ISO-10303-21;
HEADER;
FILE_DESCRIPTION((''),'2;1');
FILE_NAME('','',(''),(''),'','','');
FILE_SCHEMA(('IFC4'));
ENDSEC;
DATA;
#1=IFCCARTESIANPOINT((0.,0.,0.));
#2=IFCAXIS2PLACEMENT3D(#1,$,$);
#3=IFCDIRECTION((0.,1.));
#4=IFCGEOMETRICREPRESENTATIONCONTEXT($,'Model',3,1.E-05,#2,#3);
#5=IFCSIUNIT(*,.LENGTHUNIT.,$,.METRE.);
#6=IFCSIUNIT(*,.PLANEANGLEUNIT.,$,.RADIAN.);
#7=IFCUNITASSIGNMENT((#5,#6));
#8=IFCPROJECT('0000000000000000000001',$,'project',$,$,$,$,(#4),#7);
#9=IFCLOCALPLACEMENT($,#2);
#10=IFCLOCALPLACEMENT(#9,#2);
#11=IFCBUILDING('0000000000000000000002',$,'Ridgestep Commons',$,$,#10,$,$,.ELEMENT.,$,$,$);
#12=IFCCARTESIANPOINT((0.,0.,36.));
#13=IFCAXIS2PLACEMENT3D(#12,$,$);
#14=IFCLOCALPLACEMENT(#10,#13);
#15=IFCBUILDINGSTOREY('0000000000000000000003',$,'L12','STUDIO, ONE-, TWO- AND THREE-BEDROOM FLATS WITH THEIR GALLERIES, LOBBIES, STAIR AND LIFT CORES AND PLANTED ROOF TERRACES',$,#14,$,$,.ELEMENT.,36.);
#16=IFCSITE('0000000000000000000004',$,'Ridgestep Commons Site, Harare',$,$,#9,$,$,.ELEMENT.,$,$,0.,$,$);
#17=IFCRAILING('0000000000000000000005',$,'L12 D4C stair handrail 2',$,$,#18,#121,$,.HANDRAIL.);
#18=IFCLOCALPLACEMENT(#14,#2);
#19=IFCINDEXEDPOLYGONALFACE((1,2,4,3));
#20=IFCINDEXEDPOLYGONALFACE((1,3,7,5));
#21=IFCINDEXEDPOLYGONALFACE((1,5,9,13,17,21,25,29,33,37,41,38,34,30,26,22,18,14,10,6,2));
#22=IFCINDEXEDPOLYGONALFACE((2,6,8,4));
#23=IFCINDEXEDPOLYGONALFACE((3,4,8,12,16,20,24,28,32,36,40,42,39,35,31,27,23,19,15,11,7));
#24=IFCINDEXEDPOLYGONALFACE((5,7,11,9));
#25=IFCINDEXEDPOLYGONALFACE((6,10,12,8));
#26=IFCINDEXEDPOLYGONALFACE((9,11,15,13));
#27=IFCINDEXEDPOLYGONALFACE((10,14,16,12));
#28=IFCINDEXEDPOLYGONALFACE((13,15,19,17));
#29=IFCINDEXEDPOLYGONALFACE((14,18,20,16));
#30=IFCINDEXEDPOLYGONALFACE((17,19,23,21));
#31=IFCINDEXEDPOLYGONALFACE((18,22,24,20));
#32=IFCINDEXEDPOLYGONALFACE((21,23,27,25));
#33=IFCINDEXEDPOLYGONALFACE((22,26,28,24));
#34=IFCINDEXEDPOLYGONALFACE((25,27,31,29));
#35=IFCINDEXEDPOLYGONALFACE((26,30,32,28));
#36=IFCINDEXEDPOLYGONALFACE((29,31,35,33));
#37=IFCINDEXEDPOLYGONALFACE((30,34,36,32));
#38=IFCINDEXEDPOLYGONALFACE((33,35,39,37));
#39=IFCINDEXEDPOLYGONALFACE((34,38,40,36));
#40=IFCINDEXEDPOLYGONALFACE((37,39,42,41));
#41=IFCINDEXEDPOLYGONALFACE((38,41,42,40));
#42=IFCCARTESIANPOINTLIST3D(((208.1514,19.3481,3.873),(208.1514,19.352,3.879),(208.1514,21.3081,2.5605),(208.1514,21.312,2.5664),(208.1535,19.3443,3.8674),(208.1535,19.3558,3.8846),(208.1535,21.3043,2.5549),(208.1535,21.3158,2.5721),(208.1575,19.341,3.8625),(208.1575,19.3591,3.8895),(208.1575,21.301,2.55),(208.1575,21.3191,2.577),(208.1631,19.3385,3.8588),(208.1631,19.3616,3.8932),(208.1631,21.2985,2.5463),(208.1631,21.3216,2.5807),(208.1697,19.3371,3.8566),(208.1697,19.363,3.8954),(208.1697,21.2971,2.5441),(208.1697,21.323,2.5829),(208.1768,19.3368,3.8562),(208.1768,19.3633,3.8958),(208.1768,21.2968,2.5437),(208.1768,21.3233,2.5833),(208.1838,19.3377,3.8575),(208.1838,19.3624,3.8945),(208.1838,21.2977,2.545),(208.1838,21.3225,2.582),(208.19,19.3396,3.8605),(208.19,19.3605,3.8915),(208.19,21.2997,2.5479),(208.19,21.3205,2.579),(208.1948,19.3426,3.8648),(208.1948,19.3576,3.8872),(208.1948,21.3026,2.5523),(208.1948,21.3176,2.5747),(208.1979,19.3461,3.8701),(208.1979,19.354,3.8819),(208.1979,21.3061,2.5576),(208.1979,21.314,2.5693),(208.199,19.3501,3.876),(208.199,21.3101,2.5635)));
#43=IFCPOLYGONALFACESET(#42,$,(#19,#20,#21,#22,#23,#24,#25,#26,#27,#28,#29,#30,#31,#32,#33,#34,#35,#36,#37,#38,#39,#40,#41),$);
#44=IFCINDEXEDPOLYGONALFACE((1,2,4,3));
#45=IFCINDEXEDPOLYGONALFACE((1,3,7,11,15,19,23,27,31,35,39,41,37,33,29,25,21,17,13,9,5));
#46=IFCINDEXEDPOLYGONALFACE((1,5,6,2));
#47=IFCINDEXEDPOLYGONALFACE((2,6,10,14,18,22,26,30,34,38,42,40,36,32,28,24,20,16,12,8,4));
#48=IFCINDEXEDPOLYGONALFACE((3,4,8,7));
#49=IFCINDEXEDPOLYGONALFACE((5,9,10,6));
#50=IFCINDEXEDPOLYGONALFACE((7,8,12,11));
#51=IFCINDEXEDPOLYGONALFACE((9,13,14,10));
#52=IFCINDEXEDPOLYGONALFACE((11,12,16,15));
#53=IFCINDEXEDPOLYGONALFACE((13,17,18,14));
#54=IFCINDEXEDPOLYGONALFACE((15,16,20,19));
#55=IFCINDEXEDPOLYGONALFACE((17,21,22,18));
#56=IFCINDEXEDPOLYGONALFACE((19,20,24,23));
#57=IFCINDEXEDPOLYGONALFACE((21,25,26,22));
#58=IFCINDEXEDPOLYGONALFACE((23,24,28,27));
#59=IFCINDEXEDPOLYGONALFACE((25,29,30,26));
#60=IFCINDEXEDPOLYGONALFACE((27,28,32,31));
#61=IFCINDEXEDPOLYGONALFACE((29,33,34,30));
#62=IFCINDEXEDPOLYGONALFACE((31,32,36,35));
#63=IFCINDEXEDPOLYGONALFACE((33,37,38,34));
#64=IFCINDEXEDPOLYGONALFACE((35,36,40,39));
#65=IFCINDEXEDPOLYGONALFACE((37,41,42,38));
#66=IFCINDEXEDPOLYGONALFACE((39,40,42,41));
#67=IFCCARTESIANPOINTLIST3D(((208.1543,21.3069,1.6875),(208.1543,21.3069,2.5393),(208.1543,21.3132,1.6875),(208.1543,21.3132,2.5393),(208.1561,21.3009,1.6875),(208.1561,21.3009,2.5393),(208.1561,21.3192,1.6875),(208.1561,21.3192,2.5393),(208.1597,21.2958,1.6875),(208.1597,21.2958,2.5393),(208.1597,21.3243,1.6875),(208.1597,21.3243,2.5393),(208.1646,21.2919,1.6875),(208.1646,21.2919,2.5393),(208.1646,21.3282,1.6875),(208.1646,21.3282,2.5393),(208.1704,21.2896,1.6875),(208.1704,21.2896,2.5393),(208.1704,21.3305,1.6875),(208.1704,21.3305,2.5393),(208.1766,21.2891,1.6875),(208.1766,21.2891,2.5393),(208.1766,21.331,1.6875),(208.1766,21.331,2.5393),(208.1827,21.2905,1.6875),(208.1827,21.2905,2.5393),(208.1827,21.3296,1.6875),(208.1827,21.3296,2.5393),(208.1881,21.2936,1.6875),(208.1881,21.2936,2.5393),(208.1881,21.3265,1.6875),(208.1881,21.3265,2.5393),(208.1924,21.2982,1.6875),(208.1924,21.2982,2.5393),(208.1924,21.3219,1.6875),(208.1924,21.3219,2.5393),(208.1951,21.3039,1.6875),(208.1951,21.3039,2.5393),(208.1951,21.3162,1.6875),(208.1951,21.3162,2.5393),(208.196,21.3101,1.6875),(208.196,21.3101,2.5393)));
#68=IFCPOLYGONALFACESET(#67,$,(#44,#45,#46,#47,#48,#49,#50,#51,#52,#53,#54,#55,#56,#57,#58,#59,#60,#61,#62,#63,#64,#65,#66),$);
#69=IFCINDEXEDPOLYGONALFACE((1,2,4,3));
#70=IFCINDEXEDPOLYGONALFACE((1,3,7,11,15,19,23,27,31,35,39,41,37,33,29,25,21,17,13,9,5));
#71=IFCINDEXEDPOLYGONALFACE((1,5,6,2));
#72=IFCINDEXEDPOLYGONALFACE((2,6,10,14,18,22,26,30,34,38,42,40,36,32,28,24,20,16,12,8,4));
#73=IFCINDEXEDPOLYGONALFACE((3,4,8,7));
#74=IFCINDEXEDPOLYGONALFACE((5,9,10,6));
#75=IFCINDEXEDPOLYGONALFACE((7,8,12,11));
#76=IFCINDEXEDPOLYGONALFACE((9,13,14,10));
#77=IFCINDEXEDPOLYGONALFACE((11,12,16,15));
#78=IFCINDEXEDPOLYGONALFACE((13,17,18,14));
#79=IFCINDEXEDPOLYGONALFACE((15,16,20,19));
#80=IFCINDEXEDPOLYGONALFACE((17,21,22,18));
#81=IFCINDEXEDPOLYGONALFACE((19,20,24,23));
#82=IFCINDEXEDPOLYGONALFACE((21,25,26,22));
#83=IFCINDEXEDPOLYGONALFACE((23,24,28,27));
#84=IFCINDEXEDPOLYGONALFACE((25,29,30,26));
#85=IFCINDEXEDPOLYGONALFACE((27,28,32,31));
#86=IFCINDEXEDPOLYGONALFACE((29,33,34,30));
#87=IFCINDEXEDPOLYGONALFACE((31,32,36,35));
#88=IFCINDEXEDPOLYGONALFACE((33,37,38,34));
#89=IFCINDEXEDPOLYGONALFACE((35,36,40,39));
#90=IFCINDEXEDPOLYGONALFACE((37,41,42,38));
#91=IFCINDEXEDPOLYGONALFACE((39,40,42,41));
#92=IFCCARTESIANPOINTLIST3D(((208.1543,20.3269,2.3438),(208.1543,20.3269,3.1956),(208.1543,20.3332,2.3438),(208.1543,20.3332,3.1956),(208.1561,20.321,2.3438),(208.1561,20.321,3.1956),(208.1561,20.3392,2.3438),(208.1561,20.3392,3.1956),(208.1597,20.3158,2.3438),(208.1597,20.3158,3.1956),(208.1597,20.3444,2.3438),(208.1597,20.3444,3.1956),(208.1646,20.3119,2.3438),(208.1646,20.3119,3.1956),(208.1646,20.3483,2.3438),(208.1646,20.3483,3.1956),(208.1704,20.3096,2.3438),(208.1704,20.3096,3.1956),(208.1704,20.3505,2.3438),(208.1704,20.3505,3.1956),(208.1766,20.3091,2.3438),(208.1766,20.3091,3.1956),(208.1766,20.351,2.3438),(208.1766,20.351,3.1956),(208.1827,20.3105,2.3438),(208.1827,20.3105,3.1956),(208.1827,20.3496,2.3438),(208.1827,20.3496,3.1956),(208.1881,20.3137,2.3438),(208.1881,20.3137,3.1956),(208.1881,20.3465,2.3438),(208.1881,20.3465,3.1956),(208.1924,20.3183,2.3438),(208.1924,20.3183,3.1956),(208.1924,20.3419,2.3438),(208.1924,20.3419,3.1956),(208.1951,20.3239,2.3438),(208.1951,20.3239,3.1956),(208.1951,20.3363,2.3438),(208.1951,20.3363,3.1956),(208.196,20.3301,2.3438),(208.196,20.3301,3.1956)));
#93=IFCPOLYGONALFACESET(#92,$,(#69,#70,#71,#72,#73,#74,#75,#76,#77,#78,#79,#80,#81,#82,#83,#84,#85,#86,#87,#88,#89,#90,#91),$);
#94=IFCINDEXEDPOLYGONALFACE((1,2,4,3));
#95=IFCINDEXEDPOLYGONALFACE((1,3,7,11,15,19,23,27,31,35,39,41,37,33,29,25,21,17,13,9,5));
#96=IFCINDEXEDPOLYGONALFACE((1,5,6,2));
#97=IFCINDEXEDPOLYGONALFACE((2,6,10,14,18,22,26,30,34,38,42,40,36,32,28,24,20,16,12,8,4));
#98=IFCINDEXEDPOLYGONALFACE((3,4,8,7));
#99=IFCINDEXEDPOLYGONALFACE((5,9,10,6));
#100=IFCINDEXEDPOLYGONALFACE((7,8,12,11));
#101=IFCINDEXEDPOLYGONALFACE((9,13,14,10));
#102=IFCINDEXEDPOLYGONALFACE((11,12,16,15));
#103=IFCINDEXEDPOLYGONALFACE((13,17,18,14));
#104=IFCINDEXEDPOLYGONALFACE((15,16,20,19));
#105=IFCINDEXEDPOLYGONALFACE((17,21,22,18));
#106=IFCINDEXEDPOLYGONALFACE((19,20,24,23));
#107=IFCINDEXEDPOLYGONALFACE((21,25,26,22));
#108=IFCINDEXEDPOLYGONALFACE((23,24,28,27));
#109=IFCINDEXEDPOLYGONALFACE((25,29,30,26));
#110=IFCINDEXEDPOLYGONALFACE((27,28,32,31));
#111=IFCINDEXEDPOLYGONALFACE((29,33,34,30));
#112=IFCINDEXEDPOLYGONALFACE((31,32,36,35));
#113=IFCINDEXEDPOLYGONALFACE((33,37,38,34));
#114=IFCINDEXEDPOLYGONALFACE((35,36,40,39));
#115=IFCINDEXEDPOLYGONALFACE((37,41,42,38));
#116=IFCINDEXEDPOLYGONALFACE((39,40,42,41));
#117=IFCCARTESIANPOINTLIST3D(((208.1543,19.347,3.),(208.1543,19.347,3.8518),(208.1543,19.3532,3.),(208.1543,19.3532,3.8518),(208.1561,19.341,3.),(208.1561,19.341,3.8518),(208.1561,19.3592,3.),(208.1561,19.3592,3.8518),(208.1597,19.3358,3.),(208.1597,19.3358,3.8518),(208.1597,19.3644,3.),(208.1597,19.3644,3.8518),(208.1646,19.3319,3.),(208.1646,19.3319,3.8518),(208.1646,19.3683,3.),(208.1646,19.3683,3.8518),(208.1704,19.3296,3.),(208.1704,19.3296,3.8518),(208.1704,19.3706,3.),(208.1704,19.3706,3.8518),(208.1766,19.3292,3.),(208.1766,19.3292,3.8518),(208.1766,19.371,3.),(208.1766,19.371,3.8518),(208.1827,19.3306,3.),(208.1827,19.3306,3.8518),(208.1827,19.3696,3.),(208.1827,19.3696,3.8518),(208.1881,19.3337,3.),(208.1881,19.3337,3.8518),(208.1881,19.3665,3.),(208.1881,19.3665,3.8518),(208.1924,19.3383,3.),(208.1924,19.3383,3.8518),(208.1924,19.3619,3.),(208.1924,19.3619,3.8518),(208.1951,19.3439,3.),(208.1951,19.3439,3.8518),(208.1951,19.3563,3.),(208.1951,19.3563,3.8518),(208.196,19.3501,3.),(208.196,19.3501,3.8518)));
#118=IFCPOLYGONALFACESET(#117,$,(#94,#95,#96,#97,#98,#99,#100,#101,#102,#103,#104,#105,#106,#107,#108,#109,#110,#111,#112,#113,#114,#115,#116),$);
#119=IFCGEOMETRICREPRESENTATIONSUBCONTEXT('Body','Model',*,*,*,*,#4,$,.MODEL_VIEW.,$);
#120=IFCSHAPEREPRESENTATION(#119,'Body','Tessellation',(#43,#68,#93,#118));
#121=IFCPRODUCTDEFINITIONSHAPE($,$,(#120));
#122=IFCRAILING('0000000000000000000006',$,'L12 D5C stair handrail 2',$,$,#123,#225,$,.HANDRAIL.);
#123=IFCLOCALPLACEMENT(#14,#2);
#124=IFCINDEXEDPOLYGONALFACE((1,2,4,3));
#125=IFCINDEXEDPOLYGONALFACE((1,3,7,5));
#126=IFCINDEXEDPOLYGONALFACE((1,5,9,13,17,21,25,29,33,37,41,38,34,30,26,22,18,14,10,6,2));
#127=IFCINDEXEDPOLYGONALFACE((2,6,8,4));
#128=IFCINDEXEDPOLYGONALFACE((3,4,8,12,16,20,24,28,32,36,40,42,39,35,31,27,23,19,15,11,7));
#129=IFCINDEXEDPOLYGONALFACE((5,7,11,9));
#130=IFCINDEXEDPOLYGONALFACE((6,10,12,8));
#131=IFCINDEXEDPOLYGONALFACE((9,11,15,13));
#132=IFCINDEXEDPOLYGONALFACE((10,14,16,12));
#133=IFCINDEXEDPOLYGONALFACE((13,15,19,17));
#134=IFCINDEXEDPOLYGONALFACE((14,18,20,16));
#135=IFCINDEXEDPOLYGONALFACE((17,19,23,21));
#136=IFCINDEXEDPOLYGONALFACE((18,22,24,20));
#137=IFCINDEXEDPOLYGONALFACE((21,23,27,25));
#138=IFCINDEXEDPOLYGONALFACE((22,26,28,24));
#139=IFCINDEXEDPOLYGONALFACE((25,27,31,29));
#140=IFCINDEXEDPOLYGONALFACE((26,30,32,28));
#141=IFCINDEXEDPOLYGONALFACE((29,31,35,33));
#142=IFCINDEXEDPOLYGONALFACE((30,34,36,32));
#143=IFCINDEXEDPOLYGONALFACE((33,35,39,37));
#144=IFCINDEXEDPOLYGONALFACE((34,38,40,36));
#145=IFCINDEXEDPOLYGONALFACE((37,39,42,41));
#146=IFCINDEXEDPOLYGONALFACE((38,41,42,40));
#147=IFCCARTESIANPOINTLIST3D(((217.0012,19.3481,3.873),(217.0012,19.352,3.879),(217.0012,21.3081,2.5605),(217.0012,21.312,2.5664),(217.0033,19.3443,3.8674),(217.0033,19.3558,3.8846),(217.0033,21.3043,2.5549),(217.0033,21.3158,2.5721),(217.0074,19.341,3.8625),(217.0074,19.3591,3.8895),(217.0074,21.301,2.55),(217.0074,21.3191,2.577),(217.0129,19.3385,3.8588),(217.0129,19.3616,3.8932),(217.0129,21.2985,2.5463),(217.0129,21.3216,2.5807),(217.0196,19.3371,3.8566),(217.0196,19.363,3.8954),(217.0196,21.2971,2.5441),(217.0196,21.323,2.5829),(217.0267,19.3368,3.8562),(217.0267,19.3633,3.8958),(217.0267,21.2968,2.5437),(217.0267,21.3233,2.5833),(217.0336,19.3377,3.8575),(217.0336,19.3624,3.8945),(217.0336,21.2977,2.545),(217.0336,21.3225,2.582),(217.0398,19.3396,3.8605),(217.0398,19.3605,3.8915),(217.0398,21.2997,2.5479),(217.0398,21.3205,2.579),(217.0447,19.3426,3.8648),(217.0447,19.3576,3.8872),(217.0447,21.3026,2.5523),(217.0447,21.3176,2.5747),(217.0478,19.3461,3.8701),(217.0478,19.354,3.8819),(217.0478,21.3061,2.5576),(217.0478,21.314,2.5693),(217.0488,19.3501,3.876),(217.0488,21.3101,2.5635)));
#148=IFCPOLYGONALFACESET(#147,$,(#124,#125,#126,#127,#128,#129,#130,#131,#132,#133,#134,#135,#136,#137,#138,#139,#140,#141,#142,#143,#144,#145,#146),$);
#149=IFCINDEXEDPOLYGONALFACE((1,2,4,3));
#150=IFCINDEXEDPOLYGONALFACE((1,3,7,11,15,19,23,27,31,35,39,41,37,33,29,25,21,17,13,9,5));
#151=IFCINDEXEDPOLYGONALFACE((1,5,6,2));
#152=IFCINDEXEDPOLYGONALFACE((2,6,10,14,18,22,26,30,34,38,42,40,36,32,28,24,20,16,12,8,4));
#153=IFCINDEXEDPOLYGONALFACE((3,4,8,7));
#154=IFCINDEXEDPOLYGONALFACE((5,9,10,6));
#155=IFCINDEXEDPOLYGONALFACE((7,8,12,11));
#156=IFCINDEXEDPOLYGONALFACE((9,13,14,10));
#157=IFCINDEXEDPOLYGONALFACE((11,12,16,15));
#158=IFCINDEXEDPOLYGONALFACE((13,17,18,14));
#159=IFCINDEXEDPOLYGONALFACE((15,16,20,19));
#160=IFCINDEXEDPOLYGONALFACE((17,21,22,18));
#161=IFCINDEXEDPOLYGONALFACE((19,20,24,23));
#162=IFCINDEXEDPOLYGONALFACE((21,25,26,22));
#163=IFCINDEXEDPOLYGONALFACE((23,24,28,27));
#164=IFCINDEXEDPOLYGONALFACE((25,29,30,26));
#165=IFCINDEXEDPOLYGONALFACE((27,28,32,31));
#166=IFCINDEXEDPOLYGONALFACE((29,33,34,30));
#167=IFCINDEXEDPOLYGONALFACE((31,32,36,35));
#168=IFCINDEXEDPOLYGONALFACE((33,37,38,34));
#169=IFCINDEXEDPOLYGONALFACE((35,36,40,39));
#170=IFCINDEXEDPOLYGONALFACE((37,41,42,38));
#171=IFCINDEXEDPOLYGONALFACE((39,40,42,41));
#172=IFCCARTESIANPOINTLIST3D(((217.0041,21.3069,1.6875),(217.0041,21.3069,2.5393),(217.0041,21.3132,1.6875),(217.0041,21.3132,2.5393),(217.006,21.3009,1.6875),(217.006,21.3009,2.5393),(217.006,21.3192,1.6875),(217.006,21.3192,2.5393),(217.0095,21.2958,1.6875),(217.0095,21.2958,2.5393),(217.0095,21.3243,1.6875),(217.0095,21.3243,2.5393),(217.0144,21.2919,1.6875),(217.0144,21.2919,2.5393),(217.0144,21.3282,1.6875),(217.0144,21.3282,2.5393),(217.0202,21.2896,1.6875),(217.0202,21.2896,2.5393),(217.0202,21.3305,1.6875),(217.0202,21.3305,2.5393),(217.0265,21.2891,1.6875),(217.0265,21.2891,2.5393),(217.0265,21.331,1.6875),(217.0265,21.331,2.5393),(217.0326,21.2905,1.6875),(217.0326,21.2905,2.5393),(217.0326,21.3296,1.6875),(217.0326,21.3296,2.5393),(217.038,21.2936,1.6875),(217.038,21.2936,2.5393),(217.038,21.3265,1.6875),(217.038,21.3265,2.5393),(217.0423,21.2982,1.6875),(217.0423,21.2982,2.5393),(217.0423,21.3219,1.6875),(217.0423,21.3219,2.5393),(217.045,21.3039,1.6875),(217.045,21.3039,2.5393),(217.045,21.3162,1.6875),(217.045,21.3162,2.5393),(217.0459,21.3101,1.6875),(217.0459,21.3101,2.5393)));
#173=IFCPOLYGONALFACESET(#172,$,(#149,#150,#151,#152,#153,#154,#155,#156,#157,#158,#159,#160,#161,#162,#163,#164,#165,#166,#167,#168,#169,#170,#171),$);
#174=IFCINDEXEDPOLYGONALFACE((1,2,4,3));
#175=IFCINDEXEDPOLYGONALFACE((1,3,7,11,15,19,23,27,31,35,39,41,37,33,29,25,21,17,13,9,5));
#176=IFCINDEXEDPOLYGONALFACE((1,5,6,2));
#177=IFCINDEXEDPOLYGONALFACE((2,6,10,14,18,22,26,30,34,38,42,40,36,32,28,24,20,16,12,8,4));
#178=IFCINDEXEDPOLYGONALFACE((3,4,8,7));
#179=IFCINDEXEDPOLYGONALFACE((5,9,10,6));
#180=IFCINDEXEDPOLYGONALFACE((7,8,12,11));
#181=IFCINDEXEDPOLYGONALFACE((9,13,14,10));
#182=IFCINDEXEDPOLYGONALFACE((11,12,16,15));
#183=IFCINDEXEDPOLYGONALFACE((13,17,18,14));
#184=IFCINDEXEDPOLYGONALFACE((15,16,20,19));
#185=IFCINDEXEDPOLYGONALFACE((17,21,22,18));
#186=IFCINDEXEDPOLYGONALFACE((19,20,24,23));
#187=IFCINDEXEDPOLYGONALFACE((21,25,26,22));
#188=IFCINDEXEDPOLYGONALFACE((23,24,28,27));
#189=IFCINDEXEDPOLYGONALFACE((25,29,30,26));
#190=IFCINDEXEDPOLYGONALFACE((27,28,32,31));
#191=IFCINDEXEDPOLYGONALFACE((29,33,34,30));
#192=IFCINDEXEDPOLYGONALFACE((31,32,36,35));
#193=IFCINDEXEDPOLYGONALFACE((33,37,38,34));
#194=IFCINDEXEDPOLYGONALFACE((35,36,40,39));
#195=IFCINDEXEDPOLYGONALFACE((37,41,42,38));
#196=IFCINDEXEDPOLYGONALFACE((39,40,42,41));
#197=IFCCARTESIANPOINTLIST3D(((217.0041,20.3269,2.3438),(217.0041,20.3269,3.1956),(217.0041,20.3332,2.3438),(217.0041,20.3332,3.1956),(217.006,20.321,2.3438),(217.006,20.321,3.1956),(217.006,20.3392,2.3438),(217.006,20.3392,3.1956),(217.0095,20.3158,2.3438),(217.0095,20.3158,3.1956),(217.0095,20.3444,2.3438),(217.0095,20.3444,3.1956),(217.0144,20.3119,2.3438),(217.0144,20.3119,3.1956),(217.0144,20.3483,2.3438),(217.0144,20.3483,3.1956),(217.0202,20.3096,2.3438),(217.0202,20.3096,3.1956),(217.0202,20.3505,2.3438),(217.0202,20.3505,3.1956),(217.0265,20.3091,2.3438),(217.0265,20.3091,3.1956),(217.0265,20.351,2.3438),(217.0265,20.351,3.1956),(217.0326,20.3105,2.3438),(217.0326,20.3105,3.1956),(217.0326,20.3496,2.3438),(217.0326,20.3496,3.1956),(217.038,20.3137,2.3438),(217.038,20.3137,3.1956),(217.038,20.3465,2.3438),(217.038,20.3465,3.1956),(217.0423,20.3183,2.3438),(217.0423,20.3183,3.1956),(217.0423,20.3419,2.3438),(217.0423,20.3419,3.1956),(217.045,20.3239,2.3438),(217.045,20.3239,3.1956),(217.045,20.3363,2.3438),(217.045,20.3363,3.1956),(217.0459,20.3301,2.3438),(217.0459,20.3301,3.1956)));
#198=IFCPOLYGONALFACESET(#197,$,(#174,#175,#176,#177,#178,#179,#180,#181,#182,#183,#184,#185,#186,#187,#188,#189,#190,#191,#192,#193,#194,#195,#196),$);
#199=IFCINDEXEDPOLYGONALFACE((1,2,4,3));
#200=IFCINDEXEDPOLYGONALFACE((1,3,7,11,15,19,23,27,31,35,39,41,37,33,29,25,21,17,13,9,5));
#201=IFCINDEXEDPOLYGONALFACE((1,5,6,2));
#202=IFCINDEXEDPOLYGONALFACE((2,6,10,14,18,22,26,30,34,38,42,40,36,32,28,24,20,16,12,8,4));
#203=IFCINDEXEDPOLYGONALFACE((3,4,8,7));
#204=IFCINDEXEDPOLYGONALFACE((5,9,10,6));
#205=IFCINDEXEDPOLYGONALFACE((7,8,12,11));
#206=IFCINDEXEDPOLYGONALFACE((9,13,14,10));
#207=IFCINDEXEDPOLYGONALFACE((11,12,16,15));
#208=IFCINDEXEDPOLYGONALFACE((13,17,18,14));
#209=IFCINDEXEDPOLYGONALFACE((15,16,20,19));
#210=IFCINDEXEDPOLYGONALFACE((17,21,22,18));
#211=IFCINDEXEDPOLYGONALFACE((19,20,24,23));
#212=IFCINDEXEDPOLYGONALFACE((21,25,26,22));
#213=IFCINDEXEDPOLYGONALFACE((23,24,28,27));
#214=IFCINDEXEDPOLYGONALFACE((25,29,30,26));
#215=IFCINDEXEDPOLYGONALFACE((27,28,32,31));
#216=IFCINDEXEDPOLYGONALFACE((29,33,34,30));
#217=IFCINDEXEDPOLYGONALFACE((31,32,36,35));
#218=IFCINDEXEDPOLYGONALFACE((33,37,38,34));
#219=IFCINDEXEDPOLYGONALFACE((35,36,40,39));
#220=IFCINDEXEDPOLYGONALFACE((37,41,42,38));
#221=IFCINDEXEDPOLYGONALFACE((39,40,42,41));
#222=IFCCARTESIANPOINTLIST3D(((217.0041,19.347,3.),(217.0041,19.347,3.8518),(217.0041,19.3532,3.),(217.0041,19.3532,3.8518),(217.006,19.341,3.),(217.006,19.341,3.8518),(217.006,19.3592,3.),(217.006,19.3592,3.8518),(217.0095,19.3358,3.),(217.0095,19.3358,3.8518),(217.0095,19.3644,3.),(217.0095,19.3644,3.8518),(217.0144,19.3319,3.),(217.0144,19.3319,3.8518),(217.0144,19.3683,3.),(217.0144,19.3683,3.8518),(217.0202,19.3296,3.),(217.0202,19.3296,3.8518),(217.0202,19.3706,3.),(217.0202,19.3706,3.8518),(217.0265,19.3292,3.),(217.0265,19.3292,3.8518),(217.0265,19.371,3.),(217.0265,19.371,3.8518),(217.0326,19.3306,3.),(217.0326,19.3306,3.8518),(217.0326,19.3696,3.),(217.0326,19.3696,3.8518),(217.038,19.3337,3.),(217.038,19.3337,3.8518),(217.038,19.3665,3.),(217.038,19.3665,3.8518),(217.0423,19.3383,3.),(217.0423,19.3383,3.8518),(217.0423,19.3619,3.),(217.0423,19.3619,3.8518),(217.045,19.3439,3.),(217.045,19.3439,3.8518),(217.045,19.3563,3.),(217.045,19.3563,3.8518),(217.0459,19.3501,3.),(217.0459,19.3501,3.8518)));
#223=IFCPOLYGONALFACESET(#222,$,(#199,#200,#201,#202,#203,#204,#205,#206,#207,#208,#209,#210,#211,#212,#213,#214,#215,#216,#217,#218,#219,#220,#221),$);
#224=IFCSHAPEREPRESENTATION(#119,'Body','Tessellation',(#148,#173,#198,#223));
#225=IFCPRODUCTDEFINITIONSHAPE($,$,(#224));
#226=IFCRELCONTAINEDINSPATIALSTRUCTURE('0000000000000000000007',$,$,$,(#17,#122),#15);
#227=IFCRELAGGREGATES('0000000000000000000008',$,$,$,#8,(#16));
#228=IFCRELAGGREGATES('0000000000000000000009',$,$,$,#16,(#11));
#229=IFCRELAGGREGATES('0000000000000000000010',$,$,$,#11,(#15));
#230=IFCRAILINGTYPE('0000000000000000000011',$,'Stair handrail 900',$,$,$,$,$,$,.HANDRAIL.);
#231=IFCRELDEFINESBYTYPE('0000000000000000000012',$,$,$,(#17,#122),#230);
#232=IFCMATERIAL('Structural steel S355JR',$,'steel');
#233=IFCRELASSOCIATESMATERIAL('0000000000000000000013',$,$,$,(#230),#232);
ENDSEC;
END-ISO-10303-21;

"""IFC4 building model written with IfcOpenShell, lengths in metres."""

from ifc_helpers import new_model, si_unit, direction, frame, origin, origin_2d, place, context, subcontext, project, spatial, circle, extrude, material, type_object, element, save


model = new_model("IFC4")

# Units and contexts
model_context = context("Model", 3, precision=1e-05, world=origin(), true_north=direction((0.0, 1.0)))
body_context = subcontext(model_context, "Body", "Model", "MODEL_VIEW")
ifc_project = project(units=[si_unit("LENGTHUNIT", "METRE"), si_unit("PLANEANGLEUNIT", "RADIAN")], contexts=[model_context])

# Site, building, storey
site_placement = place(None, origin())
site = spatial("IfcSite", under=ifc_project, at=site_placement, Name="Ridgestep Commons Site, Harare", CompositionType="ELEMENT", RefElevation=0.0)
building_placement = place(site_placement, origin())
building = spatial("IfcBuilding", under=site, at=building_placement, Name="Ridgestep Commons", CompositionType="ELEMENT")
storey_placement = place(building_placement, frame((0.0, 0.0, 36.0)))
storey = spatial("IfcBuildingStorey", under=building, at=storey_placement, Name="L12", Description="STUDIO, ONE-, TWO- AND THREE-BEDROOM FLATS WITH THEIR GALLERIES, LOBBIES, STAIR AND LIFT CORES AND PLANTED ROOF TERRACES", CompositionType="ELEMENT", Elevation=36.0)

# Railings
ifc_material_1 = material(Name="Structural steel S355JR", Category="steel")
railing_type_1 = type_object("IfcRailingType", Name="Stair handrail 900", PredefinedType="HANDRAIL", material=ifc_material_1)
for number, where, name in (
    (1, (208.175, 21.3101, 1.6875), "L12 D4C stair handrail 2"),
    (2, (217.0249, 21.3101, 1.6875), "L12 D5C stair handrail 2"),
):
    element("IfcRailing", number, at=place(storey_placement, frame(where)), inside=storey, type_object=railing_type_1, Name=name, PredefinedType="HANDRAIL", context=body_context, shape_type="SweptSolid", body=[
        extrude(circle(Radius=0.0239, at=origin_2d()), frame((0.0, 0.0, 0.876), z_axis=(0.0, -0.830902, 0.556419), x_axis=(1.0, 0.0, 0.0)), (0.0, 0.0, 1.0), 2.3589),
        extrude(circle(Radius=0.021, at=origin_2d()), origin(), (0.0, 0.0, 1.0), 0.8518),
        extrude(circle(Radius=0.021, at=origin_2d()), frame((0.0, -0.98, 0.6562)), (0.0, 0.0, 1.0), 0.8518),
        extrude(circle(Radius=0.021, at=origin_2d()), frame((0.0, -1.96, 1.3125)), (0.0, 0.0, 1.0), 0.8518),
    ])

save(model, "model.ifc")
